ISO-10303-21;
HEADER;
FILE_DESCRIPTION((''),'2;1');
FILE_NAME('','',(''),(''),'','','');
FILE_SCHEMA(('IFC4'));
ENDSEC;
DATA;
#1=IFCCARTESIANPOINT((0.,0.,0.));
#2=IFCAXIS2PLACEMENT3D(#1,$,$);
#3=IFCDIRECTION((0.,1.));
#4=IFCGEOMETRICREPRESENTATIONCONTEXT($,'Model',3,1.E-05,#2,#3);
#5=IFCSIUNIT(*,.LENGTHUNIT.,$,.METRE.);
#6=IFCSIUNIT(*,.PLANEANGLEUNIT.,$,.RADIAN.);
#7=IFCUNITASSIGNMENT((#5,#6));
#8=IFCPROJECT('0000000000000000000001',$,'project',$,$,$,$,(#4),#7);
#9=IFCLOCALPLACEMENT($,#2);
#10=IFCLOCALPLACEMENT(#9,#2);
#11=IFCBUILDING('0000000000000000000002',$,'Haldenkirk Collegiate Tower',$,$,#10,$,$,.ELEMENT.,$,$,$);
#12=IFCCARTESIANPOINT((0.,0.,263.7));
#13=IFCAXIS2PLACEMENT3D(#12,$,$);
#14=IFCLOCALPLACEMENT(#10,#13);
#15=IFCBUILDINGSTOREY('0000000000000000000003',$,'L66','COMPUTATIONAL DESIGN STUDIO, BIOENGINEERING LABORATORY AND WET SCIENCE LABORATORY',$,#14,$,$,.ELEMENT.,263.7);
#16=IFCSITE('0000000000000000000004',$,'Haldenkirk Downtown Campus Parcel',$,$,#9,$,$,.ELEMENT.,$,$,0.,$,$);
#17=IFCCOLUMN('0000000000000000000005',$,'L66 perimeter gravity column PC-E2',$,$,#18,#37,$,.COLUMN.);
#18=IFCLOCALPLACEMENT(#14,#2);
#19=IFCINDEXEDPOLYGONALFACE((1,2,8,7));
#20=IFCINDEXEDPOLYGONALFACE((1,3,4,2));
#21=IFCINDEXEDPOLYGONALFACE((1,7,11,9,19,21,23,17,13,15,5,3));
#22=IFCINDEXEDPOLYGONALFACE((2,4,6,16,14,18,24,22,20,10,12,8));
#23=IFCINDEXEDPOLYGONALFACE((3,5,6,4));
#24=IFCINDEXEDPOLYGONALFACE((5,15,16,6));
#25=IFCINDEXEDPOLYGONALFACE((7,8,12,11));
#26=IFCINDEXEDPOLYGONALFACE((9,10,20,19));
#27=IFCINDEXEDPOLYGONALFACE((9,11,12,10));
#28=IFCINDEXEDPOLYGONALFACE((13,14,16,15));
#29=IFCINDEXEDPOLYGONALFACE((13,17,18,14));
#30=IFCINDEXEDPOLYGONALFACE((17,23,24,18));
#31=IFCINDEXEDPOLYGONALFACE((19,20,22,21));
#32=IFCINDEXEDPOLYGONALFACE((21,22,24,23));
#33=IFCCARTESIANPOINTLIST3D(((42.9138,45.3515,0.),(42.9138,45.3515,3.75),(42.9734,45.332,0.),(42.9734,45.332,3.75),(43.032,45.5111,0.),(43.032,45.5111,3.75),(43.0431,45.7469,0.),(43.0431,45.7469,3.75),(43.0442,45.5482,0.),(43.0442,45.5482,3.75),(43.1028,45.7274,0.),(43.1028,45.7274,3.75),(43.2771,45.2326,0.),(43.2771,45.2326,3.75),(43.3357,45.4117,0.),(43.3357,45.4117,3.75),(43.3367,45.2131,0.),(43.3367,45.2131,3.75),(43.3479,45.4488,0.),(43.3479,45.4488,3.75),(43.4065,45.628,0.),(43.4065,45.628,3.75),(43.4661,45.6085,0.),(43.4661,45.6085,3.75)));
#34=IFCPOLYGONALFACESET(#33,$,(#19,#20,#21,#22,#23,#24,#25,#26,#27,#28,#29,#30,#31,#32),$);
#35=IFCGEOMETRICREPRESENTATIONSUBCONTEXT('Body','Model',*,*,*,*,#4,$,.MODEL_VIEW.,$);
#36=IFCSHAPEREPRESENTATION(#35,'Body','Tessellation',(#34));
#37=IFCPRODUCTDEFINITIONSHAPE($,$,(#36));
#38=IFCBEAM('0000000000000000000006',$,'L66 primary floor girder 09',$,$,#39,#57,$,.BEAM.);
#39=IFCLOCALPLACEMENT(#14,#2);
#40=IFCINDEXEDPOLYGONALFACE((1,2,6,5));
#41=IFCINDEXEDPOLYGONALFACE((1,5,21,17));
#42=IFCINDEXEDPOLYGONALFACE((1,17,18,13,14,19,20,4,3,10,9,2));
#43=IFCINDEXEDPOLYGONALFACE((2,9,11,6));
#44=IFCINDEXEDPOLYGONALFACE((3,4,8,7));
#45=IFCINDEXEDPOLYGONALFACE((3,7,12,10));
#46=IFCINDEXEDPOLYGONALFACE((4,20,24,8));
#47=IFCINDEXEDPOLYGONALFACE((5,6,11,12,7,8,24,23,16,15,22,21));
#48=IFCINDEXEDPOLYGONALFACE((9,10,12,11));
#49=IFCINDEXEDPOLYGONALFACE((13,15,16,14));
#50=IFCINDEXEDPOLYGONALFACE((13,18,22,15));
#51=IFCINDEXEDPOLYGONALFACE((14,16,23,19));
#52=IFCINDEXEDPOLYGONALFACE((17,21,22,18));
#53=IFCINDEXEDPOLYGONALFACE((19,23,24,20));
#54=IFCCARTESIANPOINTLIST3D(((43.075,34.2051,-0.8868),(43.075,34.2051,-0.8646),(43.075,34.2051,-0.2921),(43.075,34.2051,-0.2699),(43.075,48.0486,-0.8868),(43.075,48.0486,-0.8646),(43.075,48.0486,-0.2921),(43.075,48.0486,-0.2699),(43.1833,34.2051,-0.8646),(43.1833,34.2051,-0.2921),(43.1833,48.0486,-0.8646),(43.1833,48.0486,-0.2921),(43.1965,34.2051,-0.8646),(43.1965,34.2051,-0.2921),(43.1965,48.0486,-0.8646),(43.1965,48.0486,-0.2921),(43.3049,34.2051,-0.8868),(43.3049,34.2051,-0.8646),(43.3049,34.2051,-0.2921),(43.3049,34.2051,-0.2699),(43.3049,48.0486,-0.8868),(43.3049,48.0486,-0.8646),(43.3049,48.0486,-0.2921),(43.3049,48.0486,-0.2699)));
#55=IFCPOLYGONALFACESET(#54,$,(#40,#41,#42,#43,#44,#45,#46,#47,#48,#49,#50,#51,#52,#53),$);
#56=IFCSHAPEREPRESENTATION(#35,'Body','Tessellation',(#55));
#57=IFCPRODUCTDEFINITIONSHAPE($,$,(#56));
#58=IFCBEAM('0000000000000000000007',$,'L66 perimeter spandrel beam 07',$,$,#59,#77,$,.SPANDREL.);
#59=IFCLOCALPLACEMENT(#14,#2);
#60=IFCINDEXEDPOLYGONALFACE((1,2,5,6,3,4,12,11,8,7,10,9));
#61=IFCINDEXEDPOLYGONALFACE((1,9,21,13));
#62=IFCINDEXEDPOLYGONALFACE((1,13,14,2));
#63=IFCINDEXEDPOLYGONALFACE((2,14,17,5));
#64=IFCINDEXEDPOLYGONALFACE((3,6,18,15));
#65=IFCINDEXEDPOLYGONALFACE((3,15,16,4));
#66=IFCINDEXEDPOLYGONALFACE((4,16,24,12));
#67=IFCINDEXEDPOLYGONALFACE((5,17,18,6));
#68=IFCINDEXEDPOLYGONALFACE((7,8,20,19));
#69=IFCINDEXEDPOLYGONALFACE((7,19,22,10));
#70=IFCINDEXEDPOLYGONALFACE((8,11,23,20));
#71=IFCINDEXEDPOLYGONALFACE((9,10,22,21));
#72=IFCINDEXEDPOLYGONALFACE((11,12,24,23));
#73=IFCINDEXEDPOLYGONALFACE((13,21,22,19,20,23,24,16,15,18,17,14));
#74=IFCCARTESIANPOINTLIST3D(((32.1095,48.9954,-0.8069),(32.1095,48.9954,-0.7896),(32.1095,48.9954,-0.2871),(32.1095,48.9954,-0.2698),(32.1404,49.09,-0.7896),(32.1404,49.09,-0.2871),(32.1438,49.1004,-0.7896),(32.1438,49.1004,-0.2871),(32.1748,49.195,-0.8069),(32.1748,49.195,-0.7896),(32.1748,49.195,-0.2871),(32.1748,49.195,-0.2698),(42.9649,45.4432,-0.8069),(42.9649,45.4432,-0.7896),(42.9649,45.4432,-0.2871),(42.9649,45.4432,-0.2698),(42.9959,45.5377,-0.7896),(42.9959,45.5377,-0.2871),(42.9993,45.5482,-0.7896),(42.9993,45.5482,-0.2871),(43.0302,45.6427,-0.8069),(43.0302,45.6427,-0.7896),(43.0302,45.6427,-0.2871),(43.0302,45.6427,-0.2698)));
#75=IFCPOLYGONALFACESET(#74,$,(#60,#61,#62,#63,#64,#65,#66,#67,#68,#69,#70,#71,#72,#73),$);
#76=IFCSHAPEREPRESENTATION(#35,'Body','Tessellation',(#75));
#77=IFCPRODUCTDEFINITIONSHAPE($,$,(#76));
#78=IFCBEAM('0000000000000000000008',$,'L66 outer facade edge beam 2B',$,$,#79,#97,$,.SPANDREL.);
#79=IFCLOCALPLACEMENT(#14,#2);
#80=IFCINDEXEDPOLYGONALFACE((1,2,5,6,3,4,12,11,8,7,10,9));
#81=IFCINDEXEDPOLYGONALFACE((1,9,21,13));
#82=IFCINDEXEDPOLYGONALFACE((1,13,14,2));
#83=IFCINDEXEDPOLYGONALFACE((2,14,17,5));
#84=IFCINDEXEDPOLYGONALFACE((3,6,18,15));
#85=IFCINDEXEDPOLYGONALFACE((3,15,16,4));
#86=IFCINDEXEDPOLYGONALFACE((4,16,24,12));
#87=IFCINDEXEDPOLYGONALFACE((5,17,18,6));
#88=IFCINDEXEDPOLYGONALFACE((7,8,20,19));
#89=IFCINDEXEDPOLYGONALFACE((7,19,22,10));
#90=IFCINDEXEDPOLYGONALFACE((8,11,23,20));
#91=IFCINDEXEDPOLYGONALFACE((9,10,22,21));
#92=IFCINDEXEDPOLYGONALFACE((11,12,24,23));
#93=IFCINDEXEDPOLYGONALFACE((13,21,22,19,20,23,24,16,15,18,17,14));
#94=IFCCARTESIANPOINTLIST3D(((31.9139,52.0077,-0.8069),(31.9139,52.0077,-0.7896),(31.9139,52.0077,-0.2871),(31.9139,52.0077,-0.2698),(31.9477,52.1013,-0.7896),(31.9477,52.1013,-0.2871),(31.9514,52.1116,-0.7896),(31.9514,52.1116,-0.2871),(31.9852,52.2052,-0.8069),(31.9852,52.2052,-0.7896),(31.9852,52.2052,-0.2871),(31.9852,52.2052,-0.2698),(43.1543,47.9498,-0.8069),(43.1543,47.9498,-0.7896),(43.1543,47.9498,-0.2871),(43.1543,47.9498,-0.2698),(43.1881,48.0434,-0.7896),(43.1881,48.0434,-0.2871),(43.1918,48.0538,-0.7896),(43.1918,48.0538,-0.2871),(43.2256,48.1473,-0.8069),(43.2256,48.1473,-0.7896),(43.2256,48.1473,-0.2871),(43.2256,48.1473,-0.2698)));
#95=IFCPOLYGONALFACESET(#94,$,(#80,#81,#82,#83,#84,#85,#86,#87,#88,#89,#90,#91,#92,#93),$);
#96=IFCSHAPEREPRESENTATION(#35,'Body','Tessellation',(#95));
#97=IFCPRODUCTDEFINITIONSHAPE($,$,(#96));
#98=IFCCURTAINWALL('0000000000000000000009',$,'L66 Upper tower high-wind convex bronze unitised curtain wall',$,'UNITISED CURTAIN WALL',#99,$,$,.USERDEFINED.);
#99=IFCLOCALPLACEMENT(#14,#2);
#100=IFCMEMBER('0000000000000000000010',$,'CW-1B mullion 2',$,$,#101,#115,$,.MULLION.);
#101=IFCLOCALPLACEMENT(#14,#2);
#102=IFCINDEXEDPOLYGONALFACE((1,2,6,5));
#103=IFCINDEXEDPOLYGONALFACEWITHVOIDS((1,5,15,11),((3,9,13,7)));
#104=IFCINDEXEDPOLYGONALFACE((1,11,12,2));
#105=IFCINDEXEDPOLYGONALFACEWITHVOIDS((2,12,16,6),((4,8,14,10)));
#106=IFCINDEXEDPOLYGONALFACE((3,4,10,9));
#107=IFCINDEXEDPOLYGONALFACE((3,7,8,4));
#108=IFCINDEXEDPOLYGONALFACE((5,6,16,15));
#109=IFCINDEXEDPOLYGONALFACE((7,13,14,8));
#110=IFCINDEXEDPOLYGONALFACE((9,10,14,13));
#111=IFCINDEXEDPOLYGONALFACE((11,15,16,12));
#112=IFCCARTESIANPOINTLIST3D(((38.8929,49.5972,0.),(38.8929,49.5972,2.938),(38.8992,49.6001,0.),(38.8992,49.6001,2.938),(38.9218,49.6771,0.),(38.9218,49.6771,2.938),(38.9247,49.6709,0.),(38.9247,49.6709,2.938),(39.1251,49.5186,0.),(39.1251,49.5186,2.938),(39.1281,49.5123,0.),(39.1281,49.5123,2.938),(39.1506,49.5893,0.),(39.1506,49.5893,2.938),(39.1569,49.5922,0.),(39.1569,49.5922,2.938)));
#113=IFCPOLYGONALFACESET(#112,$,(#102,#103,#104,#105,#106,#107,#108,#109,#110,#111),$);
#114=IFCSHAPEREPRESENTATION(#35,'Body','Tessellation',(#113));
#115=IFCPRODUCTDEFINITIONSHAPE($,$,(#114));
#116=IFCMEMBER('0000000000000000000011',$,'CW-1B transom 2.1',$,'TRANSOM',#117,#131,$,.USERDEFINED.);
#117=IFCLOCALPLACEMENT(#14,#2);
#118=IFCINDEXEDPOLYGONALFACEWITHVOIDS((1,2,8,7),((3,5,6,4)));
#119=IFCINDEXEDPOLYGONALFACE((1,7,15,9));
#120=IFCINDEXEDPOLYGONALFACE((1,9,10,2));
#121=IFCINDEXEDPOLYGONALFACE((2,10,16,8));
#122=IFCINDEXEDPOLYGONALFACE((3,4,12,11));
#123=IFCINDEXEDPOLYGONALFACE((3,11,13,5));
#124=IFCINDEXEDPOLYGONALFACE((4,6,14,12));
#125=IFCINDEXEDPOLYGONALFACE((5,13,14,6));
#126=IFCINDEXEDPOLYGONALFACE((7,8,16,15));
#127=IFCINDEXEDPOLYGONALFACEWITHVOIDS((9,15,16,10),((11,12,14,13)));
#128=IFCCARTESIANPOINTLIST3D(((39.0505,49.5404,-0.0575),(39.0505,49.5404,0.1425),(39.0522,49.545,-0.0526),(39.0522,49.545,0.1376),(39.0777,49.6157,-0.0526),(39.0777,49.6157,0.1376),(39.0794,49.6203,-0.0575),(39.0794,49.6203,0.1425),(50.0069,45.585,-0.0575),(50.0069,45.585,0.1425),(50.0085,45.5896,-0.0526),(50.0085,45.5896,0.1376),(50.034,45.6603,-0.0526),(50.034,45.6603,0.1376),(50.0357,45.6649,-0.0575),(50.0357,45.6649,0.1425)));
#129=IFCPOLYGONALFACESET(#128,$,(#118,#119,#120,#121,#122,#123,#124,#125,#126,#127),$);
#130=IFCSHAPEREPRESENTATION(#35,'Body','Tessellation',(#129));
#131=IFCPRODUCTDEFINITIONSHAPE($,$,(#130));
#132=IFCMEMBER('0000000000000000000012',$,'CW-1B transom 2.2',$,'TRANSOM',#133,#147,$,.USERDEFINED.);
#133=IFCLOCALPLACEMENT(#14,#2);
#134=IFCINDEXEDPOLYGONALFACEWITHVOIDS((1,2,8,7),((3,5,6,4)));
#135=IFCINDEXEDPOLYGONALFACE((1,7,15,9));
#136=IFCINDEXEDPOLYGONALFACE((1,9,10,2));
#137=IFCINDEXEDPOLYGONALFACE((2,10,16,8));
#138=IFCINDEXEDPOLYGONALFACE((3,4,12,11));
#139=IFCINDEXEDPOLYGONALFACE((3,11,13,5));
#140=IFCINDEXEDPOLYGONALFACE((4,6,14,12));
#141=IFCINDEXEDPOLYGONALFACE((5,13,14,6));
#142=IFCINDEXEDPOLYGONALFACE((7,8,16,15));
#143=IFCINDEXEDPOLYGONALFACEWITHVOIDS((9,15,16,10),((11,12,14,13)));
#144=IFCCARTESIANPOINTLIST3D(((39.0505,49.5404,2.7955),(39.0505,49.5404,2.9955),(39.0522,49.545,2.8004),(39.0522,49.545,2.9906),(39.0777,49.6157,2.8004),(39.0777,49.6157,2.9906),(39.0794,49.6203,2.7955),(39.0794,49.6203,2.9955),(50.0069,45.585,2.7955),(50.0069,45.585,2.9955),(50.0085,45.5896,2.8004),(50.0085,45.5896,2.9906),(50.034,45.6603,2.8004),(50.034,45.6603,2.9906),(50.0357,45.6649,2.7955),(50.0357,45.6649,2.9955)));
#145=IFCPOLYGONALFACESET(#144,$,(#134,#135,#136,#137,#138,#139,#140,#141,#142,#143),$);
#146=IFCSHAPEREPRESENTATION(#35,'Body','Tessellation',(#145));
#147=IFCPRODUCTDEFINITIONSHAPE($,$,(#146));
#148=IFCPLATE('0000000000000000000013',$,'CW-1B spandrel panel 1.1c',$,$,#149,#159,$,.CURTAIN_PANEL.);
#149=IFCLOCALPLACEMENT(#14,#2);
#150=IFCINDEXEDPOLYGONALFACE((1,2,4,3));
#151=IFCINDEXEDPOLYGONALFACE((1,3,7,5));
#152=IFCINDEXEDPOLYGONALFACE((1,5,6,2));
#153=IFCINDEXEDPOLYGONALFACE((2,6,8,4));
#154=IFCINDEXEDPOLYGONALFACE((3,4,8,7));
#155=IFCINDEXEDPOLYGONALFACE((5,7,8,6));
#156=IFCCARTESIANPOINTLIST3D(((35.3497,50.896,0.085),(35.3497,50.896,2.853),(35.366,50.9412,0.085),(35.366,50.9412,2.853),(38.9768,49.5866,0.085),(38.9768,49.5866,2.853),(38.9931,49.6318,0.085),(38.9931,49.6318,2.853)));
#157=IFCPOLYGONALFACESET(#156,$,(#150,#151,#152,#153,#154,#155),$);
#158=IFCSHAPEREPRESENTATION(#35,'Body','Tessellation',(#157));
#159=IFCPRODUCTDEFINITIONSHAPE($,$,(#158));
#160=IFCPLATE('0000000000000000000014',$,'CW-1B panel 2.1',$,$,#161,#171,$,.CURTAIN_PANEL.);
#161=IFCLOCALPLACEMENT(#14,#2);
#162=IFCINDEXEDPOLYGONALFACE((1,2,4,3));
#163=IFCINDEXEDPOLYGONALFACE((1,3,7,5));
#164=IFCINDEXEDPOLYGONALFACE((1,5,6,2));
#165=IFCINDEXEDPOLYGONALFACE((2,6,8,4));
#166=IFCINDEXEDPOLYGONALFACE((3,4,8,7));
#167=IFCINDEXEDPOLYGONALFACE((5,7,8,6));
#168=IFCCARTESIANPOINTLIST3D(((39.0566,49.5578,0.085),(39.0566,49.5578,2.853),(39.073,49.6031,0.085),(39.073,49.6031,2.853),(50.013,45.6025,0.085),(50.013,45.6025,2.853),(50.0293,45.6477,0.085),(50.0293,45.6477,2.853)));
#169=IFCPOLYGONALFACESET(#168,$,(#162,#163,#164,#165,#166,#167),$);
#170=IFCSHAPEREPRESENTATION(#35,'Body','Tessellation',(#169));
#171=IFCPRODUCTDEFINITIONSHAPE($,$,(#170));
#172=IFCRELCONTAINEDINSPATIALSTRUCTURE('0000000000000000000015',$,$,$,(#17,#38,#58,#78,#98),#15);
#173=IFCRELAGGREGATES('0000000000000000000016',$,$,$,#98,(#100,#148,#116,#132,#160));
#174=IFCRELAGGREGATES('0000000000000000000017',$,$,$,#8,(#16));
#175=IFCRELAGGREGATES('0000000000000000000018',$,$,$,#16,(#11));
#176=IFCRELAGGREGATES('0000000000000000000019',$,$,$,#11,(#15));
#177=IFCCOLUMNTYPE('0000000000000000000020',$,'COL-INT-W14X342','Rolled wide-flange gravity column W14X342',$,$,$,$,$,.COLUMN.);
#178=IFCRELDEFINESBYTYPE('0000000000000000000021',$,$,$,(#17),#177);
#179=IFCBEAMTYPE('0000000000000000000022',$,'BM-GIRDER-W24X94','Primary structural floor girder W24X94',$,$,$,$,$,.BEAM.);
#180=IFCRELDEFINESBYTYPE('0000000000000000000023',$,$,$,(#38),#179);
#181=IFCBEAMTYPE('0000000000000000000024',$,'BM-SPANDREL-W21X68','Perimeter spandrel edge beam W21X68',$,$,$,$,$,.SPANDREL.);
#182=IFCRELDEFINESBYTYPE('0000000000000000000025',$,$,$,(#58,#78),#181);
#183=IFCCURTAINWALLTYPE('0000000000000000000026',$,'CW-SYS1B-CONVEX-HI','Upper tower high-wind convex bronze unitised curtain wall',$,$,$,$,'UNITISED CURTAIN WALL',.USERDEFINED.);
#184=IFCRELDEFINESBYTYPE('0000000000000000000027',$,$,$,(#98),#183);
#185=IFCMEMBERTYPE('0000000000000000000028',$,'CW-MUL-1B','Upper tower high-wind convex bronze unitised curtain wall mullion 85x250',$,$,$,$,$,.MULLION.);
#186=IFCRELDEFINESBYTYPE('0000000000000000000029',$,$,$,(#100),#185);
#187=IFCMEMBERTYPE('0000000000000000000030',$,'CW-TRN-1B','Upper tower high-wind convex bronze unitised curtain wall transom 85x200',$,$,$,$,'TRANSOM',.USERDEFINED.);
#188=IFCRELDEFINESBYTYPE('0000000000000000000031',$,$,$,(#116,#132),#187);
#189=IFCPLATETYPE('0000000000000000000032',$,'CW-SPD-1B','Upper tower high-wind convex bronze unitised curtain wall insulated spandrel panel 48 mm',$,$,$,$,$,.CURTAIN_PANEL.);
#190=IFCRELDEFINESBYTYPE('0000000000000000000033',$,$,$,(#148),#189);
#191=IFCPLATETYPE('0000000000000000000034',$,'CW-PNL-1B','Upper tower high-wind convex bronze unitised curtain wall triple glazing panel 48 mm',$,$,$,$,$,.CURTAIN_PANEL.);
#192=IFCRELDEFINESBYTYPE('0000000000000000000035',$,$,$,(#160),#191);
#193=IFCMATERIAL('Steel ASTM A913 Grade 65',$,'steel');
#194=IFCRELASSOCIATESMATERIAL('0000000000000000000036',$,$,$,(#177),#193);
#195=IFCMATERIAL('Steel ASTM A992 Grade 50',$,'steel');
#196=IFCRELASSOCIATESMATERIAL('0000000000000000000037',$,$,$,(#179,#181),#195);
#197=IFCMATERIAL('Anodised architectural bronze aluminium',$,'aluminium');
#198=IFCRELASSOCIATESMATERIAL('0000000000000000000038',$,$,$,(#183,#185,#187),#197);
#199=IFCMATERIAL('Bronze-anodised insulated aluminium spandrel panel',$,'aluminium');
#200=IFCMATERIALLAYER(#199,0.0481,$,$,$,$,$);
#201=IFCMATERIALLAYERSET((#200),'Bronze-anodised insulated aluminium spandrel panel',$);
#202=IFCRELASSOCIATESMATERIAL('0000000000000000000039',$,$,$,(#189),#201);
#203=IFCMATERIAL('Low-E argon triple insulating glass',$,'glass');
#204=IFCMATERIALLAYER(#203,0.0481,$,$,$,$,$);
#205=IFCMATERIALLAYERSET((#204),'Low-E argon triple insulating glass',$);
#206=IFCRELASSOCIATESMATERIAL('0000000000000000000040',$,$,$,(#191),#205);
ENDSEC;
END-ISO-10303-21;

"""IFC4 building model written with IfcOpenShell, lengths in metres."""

from ifc_helpers import new_model, si_unit, direction, frame, origin, origin_2d, place, context, subcontext, project, spatial, rectangle, hollow_rectangle, i_section, extrude, source, transform, mapped, material, layer, layer_set, material_profile, profile_set, type_object, element, aggregate, save


model = new_model("IFC4")

# Units and contexts
model_context = context("Model", 3, precision=1e-05, world=origin(), true_north=direction((0.0, 1.0)))
body_context = subcontext(model_context, "Body", "Model", "MODEL_VIEW")
ifc_project = project(units=[si_unit("LENGTHUNIT", "METRE"), si_unit("PLANEANGLEUNIT", "RADIAN")], contexts=[model_context])

# Site, building, storey
site_placement = place(None, origin())
site = spatial("IfcSite", under=ifc_project, at=site_placement, Name="Haldenkirk Downtown Campus Parcel", CompositionType="ELEMENT", RefElevation=0.0)
building_placement = place(site_placement, origin())
building = spatial("IfcBuilding", under=site, at=building_placement, Name="Haldenkirk Collegiate Tower", CompositionType="ELEMENT")
storey_placement = place(building_placement, frame((0.0, 0.0, 263.7)))
storey = spatial("IfcBuildingStorey", under=building, at=storey_placement, Name="L66", Description="COMPUTATIONAL DESIGN STUDIO, BIOENGINEERING LABORATORY AND WET SCIENCE LABORATORY", CompositionType="ELEMENT", Elevation=263.7)

# Column
ifc_material_1 = material(Name="Steel ASTM A913 Grade 65", Category="steel")
ifc_material_profile_1 = material_profile(ifc_material_1, i_section(OverallWidth=0.416, OverallDepth=0.4451, WebThickness=0.0391, FlangeThickness=0.0627, at=origin_2d()), Name="W14X342")
ifc_profile_set_1 = profile_set([ifc_material_profile_1], Name="Steel ASTM A913 Grade 65")
column_type = type_object("IfcColumnType", Name="COL-INT-W14X342", Description="Rolled wide-flange gravity column W14X342", PredefinedType="COLUMN", material=ifc_profile_set_1)
column_placement = place(storey_placement, frame((43.1899, 45.48, 0.0), z_axis=(0.0, 0.0, 1.0), x_axis=(0.311008, 0.950407, 0.0)))
element("IfcColumn", 1, at=column_placement, inside=storey, type_object=column_type, Name="L66 perimeter gravity column PC-E2", PredefinedType="COLUMN", context=body_context, shape_type="SweptSolid", body=[
    extrude(i_section(OverallWidth=0.416, OverallDepth=0.4451, WebThickness=0.0391, FlangeThickness=0.0627, at=origin_2d()), origin(), (0.0, 0.0, 1.0), 3.75),
])

# Beams
ifc_material_2 = material(Name="Steel ASTM A992 Grade 50", Category="steel")
ifc_material_profile_2 = material_profile(ifc_material_2, i_section(OverallWidth=0.23, OverallDepth=0.6169, WebThickness=0.0132, FlangeThickness=0.0222, at=origin_2d()), Name="W24X94")
ifc_profile_set_2 = profile_set([ifc_material_profile_2], Name="Steel ASTM A992 Grade 50")
beam_type_1 = type_object("IfcBeamType", Name="BM-GIRDER-W24X94", Description="Primary structural floor girder W24X94", PredefinedType="BEAM", material=ifc_profile_set_2)
beam_1_placement = place(storey_placement, frame((43.1899, 48.0486, -0.5784), z_axis=(0.0, -1.0, 0.0), x_axis=(1.0, 0.0, 0.0)))
element("IfcBeam", 2, at=beam_1_placement, inside=storey, type_object=beam_type_1, Name="L66 primary floor girder 09", PredefinedType="BEAM", context=body_context, shape_type="SweptSolid", body=[
    extrude(i_section(OverallWidth=0.23, OverallDepth=0.6169, WebThickness=0.0132, FlangeThickness=0.0222, at=origin_2d()), origin(), (0.0, 0.0, 1.0), 13.8435),
])
ifc_material_profile_3 = material_profile(ifc_material_2, i_section(OverallWidth=0.21, OverallDepth=0.5371, WebThickness=0.011, FlangeThickness=0.0173, at=origin_2d()), Name="W21X68")
ifc_profile_set_3 = profile_set([ifc_material_profile_3], Name="Steel ASTM A992 Grade 50")
beam_type_2 = type_object("IfcBeamType", Name="BM-SPANDREL-W21X68", Description="Perimeter spandrel edge beam W21X68", PredefinedType="SPANDREL", material=ifc_profile_set_3)
beam_2_placement = place(storey_placement, frame((42.9976, 45.543, -0.5383), z_axis=(-0.950409, 0.311003, 0.0), x_axis=(-0.311003, -0.950409, 0.0)))
element("IfcBeam", 3, at=beam_2_placement, inside=storey, type_object=beam_type_2, Name="L66 perimeter spandrel beam 07", PredefinedType="SPANDREL", context=body_context, shape_type="SweptSolid", body=[
    extrude(i_section(OverallWidth=0.21, OverallDepth=0.5371, WebThickness=0.011, FlangeThickness=0.0173, at=origin_2d()), origin(), (0.0, 0.0, 1.0), 11.4219),
])
beam_3_placement = place(storey_placement, frame((43.1899, 48.0486, -0.5383), z_axis=(-0.940586, 0.339556, 0.0), x_axis=(-0.339556, -0.940586, 0.0)))
element("IfcBeam", 4, at=beam_3_placement, inside=storey, type_object=beam_type_2, Name="L66 outer facade edge beam 2B", PredefinedType="SPANDREL", context=body_context, shape_type="SweptSolid", body=[
    extrude(i_section(OverallWidth=0.21, OverallDepth=0.5371, WebThickness=0.011, FlangeThickness=0.0173, at=origin_2d()), origin(), (0.0, 0.0, 1.0), 11.9504),
])

# Curtain wall, members, plates
ifc_material_3 = material(Name="Anodised architectural bronze aluminium", Category="aluminium")
curtain_wall_type = type_object("IfcCurtainWallType", Name="CW-SYS1B-CONVEX-HI", Description="Upper tower high-wind convex bronze unitised curtain wall", ElementType="UNITISED CURTAIN WALL", PredefinedType="USERDEFINED", material=ifc_material_3)
curtain_wall_placement = place(storey_placement, origin())
curtain_wall = element("IfcCurtainWall", 5, at=curtain_wall_placement, inside=storey, type_object=curtain_wall_type, Name="L66 Upper tower high-wind convex bronze unitised curtain wall", ObjectType="UNITISED CURTAIN WALL", PredefinedType="USERDEFINED")
ifc_material_profile_4 = material_profile(ifc_material_3, hollow_rectangle(XDim=0.085, YDim=0.25, WallThickness=0.0049, at=origin_2d()), Name="CW-MUL-1B")
ifc_profile_set_4 = profile_set([ifc_material_profile_4], Name="Anodised architectural bronze aluminium")
member_type_1 = type_object("IfcMemberType", Name="CW-MUL-1B", Description="Upper tower high-wind convex bronze unitised curtain wall mullion 85x250", PredefinedType="MULLION", material=ifc_profile_set_4)
member_1_placement = place(storey_placement, frame((39.0249, 49.5947, 0.0), z_axis=(0.0, 0.0, 1.0), x_axis=(0.339557, 0.940586, 0.0)))
member_1 = element("IfcMember", 6, at=member_1_placement, type_object=member_type_1, Name="CW-1B mullion 2", PredefinedType="MULLION", context=body_context, shape_type="SweptSolid", body=[
    extrude(hollow_rectangle(XDim=0.085, YDim=0.25, WallThickness=0.0049, at=origin_2d()), origin(), (0.0, 0.0, 1.0), 2.938),
])
ifc_material_profile_5 = material_profile(ifc_material_3, hollow_rectangle(XDim=0.085, YDim=0.2, WallThickness=0.0049, at=origin_2d()), Name="CW-TRN-1B")
ifc_profile_set_5 = profile_set([ifc_material_profile_5], Name="Anodised architectural bronze aluminium")
member_type_2 = type_object("IfcMemberType", Name="CW-TRN-1B", Description="Upper tower high-wind convex bronze unitised curtain wall transom 85x200", ElementType="TRANSOM", PredefinedType="USERDEFINED", material=ifc_profile_set_5)
member_2_placement = place(storey_placement, frame((39.0649, 49.5803, 0.0425), z_axis=(0.940585, -0.339559, 0.0), x_axis=(0.339559, 0.940585, 0.0)))
member_2 = element("IfcMember", 7, at=member_2_placement, type_object=member_type_2, Name="CW-1B transom 2.1", ObjectType="TRANSOM", PredefinedType="USERDEFINED", context=body_context, shape_type="SweptSolid", body=[
    extrude(hollow_rectangle(XDim=0.085, YDim=0.2, WallThickness=0.0049, at=origin_2d()), origin(), (0.0, 0.0, 1.0), 11.6484),
])
member_3_placement = place(storey_placement, frame((39.0649, 49.5803, 2.8955), z_axis=(0.940585, -0.339559, 0.0), x_axis=(0.339559, 0.940585, 0.0)))
member_3 = element("IfcMember", 8, at=member_3_placement, type_object=member_type_2, Name="CW-1B transom 2.2", ObjectType="TRANSOM", PredefinedType="USERDEFINED", context=body_context, shape_type="SweptSolid", body=[
    extrude(hollow_rectangle(XDim=0.085, YDim=0.2, WallThickness=0.0049, at=origin_2d()), origin(), (0.0, 0.0, 1.0), 11.6484),
])
ifc_material_4 = material(Name="Bronze-anodised insulated aluminium spandrel panel", Category="aluminium")
ifc_layer_1 = layer(ifc_material_4, 0.0481)
ifc_layer_set_1 = layer_set([ifc_layer_1], Name="Bronze-anodised insulated aluminium spandrel panel")
plate_type_1 = type_object("IfcPlateType", Name="CW-SPD-1B", Description="Upper tower high-wind convex bronze unitised curtain wall insulated spandrel panel 48 mm", PredefinedType="CURTAIN_PANEL", material=ifc_layer_set_1)
shared_shape_1 = source(origin(), body_context, "Body", "SweptSolid", [
    extrude(rectangle(XDim=3.8562, YDim=0.0481, at=origin_2d()), origin(), (0.0, 0.0, 1.0), 2.7681),
])
plate_1_placement = place(storey_placement, frame((37.1714, 50.2639, 0.085), z_axis=(0.0, 0.0, 1.0), x_axis=(0.940586, -0.339557, 0.0)))
plate_1 = element("IfcPlate", 9, at=plate_1_placement, type_object=plate_type_1, Name="CW-1B spandrel panel 1.1c", PredefinedType="CURTAIN_PANEL", context=body_context, shape_type="MappedRepresentation", body=[
    mapped(shared_shape_1, transform((0.0, 0.0, 0.0), x_axis=(1.0, 0.0, 0.0), y_axis=(0.0, 1.0, 0.0), z_axis=(0.0, 0.0, 1.0), scale=1.0)),
])
ifc_material_5 = material(Name="Low-E argon triple insulating glass", Category="glass")
ifc_layer_2 = layer(ifc_material_5, 0.0481)
ifc_layer_set_2 = layer_set([ifc_layer_2], Name="Low-E argon triple insulating glass")
plate_type_2 = type_object("IfcPlateType", Name="CW-PNL-1B", Description="Upper tower high-wind convex bronze unitised curtain wall triple glazing panel 48 mm", PredefinedType="CURTAIN_PANEL", material=ifc_layer_set_2)
shared_shape_2 = source(origin(), body_context, "Body", "SweptSolid", [
    extrude(rectangle(XDim=11.6484, YDim=0.0481, at=origin_2d()), origin(), (0.0, 0.0, 1.0), 2.7681),
])
plate_2_placement = place(storey_placement, frame((44.543, 47.6028, 0.085), z_axis=(0.0, 0.0, 1.0), x_axis=(0.940586, -0.339557, 0.0)))
plate_2 = element("IfcPlate", 10, at=plate_2_placement, type_object=plate_type_2, Name="CW-1B panel 2.1", PredefinedType="CURTAIN_PANEL", context=body_context, shape_type="MappedRepresentation", body=[
    mapped(shared_shape_2, transform((0.0, 0.0, 0.0), x_axis=(1.0, 0.0, 0.0), y_axis=(0.0, 1.0, 0.0), z_axis=(0.0, 0.0, 1.0), scale=1.0)),
])
aggregate(curtain_wall, [member_1, plate_1, member_2, member_3, plate_2])

save(model, "model.ifc")
